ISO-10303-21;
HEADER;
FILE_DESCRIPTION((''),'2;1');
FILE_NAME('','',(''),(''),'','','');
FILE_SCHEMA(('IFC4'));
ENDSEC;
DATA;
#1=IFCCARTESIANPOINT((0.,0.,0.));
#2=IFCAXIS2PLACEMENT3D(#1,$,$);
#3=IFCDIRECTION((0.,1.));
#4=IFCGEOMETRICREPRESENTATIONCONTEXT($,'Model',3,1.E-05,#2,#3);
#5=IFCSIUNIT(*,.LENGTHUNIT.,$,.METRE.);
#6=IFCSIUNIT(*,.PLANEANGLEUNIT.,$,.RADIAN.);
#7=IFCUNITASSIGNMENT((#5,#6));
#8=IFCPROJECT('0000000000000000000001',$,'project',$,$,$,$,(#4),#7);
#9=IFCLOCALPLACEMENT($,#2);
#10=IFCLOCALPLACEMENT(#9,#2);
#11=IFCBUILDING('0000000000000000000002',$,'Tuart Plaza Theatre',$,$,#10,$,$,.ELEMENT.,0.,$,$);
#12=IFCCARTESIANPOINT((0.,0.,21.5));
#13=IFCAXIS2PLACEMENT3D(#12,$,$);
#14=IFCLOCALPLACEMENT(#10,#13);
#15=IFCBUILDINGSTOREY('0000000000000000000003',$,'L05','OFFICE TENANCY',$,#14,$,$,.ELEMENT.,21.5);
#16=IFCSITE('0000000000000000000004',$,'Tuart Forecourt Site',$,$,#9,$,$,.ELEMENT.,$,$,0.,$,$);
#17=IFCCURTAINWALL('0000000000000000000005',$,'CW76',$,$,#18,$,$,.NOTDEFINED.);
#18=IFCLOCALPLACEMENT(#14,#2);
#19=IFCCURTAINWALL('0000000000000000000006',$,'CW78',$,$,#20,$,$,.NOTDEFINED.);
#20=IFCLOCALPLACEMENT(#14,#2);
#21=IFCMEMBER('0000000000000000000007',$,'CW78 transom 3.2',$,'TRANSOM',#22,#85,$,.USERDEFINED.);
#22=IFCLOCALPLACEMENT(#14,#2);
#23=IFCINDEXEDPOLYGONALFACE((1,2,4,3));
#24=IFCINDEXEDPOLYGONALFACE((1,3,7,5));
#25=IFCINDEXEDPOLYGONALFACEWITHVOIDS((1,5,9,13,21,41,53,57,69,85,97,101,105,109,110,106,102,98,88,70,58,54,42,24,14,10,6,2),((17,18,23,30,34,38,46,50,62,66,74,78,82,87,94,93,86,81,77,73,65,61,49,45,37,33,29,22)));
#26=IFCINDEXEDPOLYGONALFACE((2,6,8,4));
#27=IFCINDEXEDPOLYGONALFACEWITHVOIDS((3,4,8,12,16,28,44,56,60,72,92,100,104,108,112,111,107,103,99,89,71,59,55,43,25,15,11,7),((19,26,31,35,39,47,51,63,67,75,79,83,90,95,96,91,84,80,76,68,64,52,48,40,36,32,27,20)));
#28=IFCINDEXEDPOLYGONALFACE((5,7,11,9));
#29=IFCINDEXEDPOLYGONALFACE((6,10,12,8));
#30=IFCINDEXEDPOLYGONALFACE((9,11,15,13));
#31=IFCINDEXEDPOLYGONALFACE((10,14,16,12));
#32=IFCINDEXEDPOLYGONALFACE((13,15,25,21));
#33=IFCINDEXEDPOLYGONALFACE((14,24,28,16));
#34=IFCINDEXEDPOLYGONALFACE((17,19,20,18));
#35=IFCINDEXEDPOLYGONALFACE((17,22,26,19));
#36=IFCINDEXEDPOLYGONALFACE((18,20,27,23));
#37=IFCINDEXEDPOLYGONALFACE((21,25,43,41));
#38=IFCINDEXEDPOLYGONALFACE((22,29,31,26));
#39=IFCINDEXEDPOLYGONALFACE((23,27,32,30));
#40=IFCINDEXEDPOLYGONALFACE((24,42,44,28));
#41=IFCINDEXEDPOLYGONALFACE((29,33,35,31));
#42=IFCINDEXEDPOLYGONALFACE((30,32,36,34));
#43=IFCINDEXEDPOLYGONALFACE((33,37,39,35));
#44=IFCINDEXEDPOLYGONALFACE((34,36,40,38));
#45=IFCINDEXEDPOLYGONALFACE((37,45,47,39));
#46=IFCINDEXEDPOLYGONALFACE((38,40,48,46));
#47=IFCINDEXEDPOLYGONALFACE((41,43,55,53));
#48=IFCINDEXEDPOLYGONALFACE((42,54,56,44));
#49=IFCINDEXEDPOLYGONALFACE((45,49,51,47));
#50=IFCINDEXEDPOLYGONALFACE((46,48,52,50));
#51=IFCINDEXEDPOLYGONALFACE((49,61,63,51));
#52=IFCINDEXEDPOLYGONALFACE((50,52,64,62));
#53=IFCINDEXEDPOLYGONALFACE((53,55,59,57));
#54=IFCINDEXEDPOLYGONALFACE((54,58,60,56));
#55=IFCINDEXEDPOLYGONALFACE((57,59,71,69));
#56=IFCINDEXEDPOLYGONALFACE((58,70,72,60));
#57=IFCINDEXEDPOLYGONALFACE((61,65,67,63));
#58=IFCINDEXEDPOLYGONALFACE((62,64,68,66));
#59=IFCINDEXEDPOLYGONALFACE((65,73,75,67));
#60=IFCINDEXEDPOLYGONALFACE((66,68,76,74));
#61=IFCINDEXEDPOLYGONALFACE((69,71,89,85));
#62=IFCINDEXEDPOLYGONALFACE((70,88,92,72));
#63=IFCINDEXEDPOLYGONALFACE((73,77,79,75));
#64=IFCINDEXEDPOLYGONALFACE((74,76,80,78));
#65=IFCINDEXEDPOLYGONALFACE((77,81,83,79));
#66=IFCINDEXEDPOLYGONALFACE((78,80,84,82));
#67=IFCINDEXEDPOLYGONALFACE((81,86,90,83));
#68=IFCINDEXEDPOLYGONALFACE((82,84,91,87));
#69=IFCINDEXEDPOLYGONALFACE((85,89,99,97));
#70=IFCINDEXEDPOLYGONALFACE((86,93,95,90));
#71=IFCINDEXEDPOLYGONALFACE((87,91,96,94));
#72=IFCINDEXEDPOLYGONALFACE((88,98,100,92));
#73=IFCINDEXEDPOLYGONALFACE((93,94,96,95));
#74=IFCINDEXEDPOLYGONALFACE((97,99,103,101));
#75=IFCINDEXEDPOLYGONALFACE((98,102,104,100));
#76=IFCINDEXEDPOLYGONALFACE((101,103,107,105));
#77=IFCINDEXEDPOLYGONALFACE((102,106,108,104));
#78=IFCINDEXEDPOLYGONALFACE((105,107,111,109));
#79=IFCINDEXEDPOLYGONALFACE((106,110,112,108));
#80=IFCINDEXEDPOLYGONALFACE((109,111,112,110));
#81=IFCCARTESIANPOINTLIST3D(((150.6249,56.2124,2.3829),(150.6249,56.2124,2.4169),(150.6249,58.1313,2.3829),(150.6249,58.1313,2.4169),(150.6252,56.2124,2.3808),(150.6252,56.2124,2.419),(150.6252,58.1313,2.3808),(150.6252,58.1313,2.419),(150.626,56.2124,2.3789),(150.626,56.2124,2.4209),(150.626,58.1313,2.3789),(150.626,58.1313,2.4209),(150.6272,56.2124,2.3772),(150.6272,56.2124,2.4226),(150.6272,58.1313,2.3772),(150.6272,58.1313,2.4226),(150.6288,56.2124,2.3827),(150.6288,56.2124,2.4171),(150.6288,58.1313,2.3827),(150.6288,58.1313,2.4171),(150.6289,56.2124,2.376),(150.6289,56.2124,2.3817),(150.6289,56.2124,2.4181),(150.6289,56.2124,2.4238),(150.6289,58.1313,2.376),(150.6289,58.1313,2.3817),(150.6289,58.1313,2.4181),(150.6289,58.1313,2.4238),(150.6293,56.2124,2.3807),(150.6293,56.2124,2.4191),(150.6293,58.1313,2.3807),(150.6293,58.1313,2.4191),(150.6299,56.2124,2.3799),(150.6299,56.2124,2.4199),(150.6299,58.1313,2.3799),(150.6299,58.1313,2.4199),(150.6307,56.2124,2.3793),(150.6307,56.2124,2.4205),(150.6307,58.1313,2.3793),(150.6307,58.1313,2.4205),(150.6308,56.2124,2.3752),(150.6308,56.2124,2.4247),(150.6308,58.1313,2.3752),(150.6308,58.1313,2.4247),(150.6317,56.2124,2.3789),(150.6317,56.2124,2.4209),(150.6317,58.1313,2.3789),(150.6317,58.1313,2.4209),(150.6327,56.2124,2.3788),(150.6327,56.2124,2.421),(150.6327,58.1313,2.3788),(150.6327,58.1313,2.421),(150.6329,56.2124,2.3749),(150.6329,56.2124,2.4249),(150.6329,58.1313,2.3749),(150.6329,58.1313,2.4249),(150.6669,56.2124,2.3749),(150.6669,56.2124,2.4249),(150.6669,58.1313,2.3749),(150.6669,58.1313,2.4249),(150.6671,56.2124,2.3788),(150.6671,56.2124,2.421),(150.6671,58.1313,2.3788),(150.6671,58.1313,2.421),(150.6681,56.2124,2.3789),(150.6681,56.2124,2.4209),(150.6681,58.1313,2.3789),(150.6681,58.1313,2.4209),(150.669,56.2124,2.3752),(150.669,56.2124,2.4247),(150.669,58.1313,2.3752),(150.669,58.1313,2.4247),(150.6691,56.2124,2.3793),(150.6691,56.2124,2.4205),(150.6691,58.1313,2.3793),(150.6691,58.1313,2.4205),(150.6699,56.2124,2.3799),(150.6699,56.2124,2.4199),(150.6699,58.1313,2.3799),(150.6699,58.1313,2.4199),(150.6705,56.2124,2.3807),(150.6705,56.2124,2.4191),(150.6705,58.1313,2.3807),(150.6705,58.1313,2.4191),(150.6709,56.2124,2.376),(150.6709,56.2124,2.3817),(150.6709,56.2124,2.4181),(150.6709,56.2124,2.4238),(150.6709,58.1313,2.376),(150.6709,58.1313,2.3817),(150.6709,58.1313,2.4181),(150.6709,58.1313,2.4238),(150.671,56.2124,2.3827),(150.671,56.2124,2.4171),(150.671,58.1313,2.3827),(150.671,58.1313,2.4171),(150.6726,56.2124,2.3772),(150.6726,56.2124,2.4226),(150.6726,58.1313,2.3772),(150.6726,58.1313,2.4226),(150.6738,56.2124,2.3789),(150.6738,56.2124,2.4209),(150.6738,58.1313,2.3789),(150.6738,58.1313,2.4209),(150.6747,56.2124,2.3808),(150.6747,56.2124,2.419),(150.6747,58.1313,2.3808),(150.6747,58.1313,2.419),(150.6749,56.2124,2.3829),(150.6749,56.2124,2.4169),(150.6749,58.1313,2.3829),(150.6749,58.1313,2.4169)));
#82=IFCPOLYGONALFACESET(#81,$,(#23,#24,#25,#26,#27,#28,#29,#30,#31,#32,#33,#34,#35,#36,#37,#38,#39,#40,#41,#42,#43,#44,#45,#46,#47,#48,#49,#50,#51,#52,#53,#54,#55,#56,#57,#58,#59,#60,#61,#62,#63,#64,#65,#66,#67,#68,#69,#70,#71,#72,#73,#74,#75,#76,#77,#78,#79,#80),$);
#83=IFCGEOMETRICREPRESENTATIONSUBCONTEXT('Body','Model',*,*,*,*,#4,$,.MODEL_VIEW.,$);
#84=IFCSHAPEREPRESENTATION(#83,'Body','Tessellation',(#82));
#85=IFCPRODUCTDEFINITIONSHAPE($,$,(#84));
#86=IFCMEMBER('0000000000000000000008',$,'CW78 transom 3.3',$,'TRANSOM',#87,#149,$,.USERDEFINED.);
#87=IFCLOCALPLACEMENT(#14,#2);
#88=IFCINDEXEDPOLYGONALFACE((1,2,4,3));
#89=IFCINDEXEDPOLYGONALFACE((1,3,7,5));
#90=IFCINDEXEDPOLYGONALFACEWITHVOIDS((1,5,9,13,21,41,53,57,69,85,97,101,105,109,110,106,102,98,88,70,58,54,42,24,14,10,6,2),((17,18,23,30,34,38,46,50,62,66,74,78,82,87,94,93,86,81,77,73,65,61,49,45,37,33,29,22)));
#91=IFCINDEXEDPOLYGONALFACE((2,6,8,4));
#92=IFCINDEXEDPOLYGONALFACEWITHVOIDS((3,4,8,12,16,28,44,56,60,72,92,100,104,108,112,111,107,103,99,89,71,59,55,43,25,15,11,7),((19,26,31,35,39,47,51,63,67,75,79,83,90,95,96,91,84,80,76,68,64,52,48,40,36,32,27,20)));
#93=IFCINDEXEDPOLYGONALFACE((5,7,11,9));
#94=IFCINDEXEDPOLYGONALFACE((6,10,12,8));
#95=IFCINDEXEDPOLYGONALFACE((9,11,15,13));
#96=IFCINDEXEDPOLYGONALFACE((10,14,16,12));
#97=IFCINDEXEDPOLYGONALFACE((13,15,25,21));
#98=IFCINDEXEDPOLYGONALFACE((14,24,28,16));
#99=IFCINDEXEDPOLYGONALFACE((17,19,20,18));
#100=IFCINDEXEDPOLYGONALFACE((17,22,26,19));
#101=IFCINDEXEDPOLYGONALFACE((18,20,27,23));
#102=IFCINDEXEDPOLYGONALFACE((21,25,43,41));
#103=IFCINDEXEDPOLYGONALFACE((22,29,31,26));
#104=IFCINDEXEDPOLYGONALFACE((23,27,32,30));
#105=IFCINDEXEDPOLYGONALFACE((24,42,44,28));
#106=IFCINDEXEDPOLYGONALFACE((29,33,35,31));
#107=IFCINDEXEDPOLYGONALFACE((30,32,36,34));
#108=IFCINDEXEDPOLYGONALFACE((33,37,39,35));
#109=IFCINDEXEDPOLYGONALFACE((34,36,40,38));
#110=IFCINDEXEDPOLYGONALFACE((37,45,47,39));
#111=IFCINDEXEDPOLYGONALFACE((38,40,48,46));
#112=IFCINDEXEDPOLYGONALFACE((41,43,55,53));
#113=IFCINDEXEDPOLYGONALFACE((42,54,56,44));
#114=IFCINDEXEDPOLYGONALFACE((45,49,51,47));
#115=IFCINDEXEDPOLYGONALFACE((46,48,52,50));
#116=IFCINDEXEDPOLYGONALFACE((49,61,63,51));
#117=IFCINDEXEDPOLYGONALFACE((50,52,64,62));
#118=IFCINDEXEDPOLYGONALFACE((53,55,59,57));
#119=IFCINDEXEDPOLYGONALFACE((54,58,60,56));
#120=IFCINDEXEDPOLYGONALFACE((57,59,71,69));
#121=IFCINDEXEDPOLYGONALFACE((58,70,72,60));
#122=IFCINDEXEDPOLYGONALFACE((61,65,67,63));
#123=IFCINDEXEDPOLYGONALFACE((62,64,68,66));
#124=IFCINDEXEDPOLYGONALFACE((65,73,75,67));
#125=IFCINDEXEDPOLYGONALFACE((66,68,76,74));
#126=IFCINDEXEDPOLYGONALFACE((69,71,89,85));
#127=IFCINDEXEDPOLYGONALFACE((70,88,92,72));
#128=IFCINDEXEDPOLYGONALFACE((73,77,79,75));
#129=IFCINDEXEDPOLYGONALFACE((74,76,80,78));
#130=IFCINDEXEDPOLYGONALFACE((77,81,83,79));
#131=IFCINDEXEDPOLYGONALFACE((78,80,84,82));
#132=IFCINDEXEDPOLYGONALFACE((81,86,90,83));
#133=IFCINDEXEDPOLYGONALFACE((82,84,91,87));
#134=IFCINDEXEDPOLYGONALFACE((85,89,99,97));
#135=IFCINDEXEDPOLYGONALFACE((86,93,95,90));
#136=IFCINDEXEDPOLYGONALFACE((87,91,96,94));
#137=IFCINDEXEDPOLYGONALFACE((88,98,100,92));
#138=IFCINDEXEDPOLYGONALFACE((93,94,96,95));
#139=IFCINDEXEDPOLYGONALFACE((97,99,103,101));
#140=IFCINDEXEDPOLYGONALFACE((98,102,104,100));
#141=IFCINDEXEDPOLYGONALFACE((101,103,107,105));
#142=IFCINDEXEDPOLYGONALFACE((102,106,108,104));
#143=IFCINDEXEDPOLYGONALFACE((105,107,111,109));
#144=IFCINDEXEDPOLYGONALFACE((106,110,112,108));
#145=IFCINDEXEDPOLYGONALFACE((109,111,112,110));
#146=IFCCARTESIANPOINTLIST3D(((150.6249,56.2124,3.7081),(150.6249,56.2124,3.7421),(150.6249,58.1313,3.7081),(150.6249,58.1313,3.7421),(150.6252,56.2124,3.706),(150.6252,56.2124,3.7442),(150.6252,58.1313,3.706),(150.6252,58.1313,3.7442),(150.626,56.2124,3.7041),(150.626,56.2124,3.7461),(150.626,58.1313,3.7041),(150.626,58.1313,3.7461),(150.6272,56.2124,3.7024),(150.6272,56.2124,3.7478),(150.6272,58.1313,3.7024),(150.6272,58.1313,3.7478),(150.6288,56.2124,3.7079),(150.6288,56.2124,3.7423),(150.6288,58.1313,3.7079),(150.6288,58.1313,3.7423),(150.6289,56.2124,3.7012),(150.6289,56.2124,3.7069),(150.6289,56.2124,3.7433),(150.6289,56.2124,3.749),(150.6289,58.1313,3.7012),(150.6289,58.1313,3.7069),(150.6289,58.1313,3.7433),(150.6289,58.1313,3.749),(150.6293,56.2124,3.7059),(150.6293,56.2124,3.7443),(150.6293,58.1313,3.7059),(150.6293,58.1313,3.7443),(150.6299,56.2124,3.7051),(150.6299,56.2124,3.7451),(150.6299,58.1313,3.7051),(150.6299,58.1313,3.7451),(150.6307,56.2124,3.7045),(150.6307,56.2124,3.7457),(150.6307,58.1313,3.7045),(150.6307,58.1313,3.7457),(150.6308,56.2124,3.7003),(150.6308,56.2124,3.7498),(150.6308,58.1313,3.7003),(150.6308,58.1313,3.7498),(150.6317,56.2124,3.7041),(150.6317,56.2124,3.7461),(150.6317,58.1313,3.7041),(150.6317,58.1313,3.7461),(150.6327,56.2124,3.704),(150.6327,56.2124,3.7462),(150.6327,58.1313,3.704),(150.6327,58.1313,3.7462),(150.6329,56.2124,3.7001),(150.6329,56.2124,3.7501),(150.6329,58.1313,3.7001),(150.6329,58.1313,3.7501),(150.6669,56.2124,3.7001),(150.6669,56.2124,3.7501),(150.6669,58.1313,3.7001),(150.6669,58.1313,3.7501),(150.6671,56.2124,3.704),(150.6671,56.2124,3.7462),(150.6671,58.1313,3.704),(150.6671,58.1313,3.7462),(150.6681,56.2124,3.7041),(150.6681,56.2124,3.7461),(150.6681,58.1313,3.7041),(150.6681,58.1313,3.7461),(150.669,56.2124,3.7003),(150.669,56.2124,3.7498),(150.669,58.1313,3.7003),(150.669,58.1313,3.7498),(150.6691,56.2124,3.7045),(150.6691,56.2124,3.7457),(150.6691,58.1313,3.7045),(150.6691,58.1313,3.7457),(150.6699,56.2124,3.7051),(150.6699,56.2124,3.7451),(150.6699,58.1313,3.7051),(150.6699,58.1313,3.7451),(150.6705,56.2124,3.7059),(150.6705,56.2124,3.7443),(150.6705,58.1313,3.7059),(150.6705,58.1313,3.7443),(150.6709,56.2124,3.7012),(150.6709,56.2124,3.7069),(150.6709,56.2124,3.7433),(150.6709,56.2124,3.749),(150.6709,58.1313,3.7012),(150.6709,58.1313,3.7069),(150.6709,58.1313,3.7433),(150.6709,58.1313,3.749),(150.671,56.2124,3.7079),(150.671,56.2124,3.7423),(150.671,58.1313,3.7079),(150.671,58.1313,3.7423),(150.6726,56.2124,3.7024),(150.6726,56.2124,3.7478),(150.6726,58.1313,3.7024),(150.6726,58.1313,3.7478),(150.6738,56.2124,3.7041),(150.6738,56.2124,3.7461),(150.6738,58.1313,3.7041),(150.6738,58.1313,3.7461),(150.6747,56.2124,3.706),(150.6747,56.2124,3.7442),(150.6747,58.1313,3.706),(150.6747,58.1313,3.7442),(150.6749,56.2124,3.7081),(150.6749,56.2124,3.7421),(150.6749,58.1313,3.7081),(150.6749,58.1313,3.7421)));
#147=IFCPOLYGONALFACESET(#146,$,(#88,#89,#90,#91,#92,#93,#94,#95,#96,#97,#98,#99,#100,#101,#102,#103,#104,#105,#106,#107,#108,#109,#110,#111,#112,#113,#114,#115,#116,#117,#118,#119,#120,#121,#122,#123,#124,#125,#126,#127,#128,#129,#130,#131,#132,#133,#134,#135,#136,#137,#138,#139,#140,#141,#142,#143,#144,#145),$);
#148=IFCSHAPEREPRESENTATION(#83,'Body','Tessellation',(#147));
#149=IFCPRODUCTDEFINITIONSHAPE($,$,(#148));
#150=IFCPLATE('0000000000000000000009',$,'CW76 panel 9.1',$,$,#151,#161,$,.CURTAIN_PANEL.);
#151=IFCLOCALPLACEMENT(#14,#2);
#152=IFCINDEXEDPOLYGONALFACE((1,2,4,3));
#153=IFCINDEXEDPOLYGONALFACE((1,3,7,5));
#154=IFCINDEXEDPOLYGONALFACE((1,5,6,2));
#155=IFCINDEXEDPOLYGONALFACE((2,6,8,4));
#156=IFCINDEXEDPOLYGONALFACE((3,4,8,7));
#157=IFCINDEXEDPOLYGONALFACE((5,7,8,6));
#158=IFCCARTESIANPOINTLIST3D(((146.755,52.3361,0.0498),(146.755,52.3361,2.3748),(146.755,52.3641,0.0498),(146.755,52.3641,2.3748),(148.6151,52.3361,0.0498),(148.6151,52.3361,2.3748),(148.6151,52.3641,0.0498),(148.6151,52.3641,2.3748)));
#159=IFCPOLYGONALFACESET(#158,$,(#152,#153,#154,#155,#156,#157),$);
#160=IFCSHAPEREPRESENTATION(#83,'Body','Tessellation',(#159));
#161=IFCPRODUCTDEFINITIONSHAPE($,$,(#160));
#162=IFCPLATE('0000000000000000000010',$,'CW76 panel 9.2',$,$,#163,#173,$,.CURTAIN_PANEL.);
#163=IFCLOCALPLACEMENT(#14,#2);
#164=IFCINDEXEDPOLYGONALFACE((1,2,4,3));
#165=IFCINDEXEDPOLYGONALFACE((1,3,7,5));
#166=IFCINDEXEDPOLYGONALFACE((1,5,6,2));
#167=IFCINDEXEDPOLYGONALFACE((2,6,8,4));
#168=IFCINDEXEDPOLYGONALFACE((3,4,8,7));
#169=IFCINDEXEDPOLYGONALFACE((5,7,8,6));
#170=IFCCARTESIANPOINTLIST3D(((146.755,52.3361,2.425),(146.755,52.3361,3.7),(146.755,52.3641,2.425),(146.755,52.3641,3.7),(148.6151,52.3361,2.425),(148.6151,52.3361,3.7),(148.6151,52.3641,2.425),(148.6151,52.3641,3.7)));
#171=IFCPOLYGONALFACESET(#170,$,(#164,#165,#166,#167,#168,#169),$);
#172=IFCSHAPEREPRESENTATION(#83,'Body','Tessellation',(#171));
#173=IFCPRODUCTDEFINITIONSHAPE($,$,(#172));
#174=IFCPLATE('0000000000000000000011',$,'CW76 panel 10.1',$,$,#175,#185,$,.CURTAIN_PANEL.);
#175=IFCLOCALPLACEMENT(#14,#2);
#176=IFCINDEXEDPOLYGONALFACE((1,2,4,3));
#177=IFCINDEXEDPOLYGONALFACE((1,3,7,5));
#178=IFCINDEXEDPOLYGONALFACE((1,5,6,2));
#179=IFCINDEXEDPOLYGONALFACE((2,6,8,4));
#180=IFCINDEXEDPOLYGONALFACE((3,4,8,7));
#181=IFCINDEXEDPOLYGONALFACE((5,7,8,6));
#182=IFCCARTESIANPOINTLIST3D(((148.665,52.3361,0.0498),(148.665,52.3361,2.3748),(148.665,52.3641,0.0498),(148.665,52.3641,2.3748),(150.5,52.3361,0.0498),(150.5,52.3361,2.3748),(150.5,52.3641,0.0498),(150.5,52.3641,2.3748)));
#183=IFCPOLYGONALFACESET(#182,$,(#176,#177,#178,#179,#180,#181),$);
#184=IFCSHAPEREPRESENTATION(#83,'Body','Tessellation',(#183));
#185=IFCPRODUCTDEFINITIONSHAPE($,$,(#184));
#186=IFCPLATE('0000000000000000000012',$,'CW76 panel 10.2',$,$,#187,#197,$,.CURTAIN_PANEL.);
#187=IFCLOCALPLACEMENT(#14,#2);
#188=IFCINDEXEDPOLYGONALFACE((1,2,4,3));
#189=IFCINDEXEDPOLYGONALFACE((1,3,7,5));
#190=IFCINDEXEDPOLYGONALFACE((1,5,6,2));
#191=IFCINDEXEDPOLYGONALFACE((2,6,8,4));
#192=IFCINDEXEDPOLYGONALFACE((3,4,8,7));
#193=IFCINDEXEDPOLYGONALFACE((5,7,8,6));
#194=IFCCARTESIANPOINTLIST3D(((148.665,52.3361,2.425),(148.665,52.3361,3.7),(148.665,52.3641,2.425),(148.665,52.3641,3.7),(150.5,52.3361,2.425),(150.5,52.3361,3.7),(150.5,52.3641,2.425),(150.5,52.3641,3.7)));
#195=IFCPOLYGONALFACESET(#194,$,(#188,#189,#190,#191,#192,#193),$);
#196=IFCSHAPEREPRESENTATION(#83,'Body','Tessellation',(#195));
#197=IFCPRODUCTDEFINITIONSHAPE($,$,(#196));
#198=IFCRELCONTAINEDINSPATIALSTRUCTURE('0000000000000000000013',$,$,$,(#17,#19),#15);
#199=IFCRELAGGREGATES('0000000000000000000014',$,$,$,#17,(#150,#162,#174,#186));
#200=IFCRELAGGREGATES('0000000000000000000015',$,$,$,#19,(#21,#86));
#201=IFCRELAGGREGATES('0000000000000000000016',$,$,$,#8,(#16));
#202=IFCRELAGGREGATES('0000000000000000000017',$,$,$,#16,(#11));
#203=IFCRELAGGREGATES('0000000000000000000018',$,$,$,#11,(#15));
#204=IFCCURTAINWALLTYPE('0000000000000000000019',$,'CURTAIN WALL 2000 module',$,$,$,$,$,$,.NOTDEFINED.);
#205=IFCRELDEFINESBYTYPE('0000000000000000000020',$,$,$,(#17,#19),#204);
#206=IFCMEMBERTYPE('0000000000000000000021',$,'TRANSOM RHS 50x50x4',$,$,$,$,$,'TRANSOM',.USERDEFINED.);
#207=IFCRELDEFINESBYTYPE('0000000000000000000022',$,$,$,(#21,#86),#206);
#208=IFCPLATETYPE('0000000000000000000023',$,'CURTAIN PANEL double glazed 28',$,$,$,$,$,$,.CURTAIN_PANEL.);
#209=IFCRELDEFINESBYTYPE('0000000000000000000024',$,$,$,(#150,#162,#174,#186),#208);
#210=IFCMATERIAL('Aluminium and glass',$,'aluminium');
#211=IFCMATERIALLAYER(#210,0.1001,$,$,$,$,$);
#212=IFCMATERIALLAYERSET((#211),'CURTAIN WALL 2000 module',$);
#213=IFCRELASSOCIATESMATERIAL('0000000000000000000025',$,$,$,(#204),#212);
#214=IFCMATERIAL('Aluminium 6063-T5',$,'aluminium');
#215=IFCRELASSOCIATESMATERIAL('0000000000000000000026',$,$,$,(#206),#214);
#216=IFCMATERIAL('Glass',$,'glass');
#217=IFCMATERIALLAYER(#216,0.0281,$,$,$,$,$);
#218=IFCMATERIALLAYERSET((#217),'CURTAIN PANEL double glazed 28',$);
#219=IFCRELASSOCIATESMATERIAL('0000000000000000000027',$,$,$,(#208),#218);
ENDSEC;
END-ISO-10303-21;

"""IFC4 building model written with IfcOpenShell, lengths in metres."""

from ifc_helpers import new_model, si_unit, direction, frame, origin, origin_2d, place, context, subcontext, project, spatial, rectangle, hollow_rectangle, extrude, material, layer, layer_set, material_profile, profile_set, type_object, element, aggregate, save


model = new_model("IFC4")

# Units and contexts
model_context = context("Model", 3, precision=1e-05, world=origin(), true_north=direction((0.0, 1.0)))
body_context = subcontext(model_context, "Body", "Model", "MODEL_VIEW")
ifc_project = project(units=[si_unit("LENGTHUNIT", "METRE"), si_unit("PLANEANGLEUNIT", "RADIAN")], contexts=[model_context])

# Site, building, storey
site_placement = place(None, origin())
site = spatial("IfcSite", under=ifc_project, at=site_placement, Name="Tuart Forecourt Site", CompositionType="ELEMENT", RefElevation=0.0)
building_placement = place(site_placement, origin())
building = spatial("IfcBuilding", under=site, at=building_placement, Name="Tuart Plaza Theatre", CompositionType="ELEMENT", ElevationOfRefHeight=0.0)
storey_placement = place(building_placement, frame((0.0, 0.0, 21.5)))
storey = spatial("IfcBuildingStorey", under=building, at=storey_placement, Name="L05", Description="OFFICE TENANCY", CompositionType="ELEMENT", Elevation=21.5)

# Curtain walls
ifc_material_1 = material(Name="Aluminium and glass", Category="aluminium")
ifc_layer_1 = layer(ifc_material_1, 0.1001)
ifc_layer_set_1 = layer_set([ifc_layer_1], Name="CURTAIN WALL 2000 module")
curtain_wall_type = type_object("IfcCurtainWallType", Name="CURTAIN WALL 2000 module", PredefinedType="NOTDEFINED", material=ifc_layer_set_1)
curtain_wall_1_placement = place(storey_placement, origin())
curtain_wall_1 = element("IfcCurtainWall", 1, at=curtain_wall_1_placement, inside=storey, type_object=curtain_wall_type, Name="CW76", PredefinedType="NOTDEFINED")
curtain_wall_2_placement = place(storey_placement, origin())
curtain_wall_2 = element("IfcCurtainWall", 2, at=curtain_wall_2_placement, inside=storey, type_object=curtain_wall_type, Name="CW78", PredefinedType="NOTDEFINED")

# Members
ifc_material_2 = material(Name="Aluminium 6063-T5", Category="aluminium")
ifc_material_profile_1 = material_profile(ifc_material_2, hollow_rectangle(XDim=0.05, YDim=0.05, WallThickness=0.0039, InnerFilletRadius=0.0039, OuterFilletRadius=0.0081, at=origin_2d()), Name="RHS 50x50x4")
ifc_profile_set_1 = profile_set([ifc_material_profile_1], Name="Aluminium 6063-T5")
member_type_1 = type_object("IfcMemberType", Name="TRANSOM RHS 50x50x4", ElementType="TRANSOM", PredefinedType="USERDEFINED", material=ifc_profile_set_1)
member_1_placement = place(storey_placement, frame((150.6499, 56.2124, 2.3999), z_axis=(0.0, 1.0, 0.0), x_axis=(-1.0, 0.0, 0.0)))
member_1 = element("IfcMember", 3, at=member_1_placement, type_object=member_type_1, Name="CW78 transom 3.2", ObjectType="TRANSOM", PredefinedType="USERDEFINED", context=body_context, shape_type="SweptSolid", body=[
    extrude(hollow_rectangle(XDim=0.05, YDim=0.05, WallThickness=0.0039, InnerFilletRadius=0.0039, OuterFilletRadius=0.0081, at=origin_2d()), origin(), (0.0, 0.0, 1.0), 1.9189),
])
member_2_placement = place(storey_placement, frame((150.6499, 56.2124, 3.7251), z_axis=(0.0, 1.0, 0.0), x_axis=(-1.0, 0.0, 0.0)))
member_2 = element("IfcMember", 4, at=member_2_placement, type_object=member_type_1, Name="CW78 transom 3.3", ObjectType="TRANSOM", PredefinedType="USERDEFINED", context=body_context, shape_type="SweptSolid", body=[
    extrude(hollow_rectangle(XDim=0.05, YDim=0.05, WallThickness=0.0039, InnerFilletRadius=0.0039, OuterFilletRadius=0.0081, at=origin_2d()), origin(), (0.0, 0.0, 1.0), 1.9189),
])

# Plates
ifc_material_3 = material(Name="Glass", Category="glass")
ifc_layer_2 = layer(ifc_material_3, 0.0281)
ifc_layer_set_2 = layer_set([ifc_layer_2], Name="CURTAIN PANEL double glazed 28")
plate_type = type_object("IfcPlateType", Name="CURTAIN PANEL double glazed 28", PredefinedType="CURTAIN_PANEL", material=ifc_layer_set_2)
plate_1_placement = place(storey_placement, frame((147.6851, 52.3501, 0.0498), z_axis=(0.0, 0.0, 1.0), x_axis=(1.0, 0.0, 0.0)))
plate_1 = element("IfcPlate", 5, at=plate_1_placement, type_object=plate_type, Name="CW76 panel 9.1", PredefinedType="CURTAIN_PANEL", context=body_context, shape_type="SweptSolid", body=[
    extrude(rectangle(XDim=1.8601, YDim=0.0281, at=origin_2d()), origin(), (0.0, 0.0, 1.0), 2.325),
])
plate_2_placement = place(storey_placement, frame((147.6851, 52.3501, 2.425), z_axis=(0.0, 0.0, 1.0), x_axis=(1.0, 0.0, 0.0)))
plate_2 = element("IfcPlate", 6, at=plate_2_placement, type_object=plate_type, Name="CW76 panel 9.2", PredefinedType="CURTAIN_PANEL", context=body_context, shape_type="SweptSolid", body=[
    extrude(rectangle(XDim=1.8601, YDim=0.0281, at=origin_2d()), origin(), (0.0, 0.0, 1.0), 1.2749),
])
plate_3_placement = place(storey_placement, frame((149.5825, 52.3501, 0.0498), z_axis=(0.0, 0.0, 1.0), x_axis=(1.0, 0.0, 0.0)))
plate_3 = element("IfcPlate", 7, at=plate_3_placement, type_object=plate_type, Name="CW76 panel 10.1", PredefinedType="CURTAIN_PANEL", context=body_context, shape_type="SweptSolid", body=[
    extrude(rectangle(XDim=1.835, YDim=0.0281, at=origin_2d()), origin(), (0.0, 0.0, 1.0), 2.325),
])
plate_4_placement = place(storey_placement, frame((149.5825, 52.3501, 2.425), z_axis=(0.0, 0.0, 1.0), x_axis=(1.0, 0.0, 0.0)))
plate_4 = element("IfcPlate", 8, at=plate_4_placement, type_object=plate_type, Name="CW76 panel 10.2", PredefinedType="CURTAIN_PANEL", context=body_context, shape_type="SweptSolid", body=[
    extrude(rectangle(XDim=1.835, YDim=0.0281, at=origin_2d()), origin(), (0.0, 0.0, 1.0), 1.2749),
])
aggregate(curtain_wall_1, [plate_1, plate_2, plate_3, plate_4])
aggregate(curtain_wall_2, [member_1, member_2])

save(model, "model.ifc")
